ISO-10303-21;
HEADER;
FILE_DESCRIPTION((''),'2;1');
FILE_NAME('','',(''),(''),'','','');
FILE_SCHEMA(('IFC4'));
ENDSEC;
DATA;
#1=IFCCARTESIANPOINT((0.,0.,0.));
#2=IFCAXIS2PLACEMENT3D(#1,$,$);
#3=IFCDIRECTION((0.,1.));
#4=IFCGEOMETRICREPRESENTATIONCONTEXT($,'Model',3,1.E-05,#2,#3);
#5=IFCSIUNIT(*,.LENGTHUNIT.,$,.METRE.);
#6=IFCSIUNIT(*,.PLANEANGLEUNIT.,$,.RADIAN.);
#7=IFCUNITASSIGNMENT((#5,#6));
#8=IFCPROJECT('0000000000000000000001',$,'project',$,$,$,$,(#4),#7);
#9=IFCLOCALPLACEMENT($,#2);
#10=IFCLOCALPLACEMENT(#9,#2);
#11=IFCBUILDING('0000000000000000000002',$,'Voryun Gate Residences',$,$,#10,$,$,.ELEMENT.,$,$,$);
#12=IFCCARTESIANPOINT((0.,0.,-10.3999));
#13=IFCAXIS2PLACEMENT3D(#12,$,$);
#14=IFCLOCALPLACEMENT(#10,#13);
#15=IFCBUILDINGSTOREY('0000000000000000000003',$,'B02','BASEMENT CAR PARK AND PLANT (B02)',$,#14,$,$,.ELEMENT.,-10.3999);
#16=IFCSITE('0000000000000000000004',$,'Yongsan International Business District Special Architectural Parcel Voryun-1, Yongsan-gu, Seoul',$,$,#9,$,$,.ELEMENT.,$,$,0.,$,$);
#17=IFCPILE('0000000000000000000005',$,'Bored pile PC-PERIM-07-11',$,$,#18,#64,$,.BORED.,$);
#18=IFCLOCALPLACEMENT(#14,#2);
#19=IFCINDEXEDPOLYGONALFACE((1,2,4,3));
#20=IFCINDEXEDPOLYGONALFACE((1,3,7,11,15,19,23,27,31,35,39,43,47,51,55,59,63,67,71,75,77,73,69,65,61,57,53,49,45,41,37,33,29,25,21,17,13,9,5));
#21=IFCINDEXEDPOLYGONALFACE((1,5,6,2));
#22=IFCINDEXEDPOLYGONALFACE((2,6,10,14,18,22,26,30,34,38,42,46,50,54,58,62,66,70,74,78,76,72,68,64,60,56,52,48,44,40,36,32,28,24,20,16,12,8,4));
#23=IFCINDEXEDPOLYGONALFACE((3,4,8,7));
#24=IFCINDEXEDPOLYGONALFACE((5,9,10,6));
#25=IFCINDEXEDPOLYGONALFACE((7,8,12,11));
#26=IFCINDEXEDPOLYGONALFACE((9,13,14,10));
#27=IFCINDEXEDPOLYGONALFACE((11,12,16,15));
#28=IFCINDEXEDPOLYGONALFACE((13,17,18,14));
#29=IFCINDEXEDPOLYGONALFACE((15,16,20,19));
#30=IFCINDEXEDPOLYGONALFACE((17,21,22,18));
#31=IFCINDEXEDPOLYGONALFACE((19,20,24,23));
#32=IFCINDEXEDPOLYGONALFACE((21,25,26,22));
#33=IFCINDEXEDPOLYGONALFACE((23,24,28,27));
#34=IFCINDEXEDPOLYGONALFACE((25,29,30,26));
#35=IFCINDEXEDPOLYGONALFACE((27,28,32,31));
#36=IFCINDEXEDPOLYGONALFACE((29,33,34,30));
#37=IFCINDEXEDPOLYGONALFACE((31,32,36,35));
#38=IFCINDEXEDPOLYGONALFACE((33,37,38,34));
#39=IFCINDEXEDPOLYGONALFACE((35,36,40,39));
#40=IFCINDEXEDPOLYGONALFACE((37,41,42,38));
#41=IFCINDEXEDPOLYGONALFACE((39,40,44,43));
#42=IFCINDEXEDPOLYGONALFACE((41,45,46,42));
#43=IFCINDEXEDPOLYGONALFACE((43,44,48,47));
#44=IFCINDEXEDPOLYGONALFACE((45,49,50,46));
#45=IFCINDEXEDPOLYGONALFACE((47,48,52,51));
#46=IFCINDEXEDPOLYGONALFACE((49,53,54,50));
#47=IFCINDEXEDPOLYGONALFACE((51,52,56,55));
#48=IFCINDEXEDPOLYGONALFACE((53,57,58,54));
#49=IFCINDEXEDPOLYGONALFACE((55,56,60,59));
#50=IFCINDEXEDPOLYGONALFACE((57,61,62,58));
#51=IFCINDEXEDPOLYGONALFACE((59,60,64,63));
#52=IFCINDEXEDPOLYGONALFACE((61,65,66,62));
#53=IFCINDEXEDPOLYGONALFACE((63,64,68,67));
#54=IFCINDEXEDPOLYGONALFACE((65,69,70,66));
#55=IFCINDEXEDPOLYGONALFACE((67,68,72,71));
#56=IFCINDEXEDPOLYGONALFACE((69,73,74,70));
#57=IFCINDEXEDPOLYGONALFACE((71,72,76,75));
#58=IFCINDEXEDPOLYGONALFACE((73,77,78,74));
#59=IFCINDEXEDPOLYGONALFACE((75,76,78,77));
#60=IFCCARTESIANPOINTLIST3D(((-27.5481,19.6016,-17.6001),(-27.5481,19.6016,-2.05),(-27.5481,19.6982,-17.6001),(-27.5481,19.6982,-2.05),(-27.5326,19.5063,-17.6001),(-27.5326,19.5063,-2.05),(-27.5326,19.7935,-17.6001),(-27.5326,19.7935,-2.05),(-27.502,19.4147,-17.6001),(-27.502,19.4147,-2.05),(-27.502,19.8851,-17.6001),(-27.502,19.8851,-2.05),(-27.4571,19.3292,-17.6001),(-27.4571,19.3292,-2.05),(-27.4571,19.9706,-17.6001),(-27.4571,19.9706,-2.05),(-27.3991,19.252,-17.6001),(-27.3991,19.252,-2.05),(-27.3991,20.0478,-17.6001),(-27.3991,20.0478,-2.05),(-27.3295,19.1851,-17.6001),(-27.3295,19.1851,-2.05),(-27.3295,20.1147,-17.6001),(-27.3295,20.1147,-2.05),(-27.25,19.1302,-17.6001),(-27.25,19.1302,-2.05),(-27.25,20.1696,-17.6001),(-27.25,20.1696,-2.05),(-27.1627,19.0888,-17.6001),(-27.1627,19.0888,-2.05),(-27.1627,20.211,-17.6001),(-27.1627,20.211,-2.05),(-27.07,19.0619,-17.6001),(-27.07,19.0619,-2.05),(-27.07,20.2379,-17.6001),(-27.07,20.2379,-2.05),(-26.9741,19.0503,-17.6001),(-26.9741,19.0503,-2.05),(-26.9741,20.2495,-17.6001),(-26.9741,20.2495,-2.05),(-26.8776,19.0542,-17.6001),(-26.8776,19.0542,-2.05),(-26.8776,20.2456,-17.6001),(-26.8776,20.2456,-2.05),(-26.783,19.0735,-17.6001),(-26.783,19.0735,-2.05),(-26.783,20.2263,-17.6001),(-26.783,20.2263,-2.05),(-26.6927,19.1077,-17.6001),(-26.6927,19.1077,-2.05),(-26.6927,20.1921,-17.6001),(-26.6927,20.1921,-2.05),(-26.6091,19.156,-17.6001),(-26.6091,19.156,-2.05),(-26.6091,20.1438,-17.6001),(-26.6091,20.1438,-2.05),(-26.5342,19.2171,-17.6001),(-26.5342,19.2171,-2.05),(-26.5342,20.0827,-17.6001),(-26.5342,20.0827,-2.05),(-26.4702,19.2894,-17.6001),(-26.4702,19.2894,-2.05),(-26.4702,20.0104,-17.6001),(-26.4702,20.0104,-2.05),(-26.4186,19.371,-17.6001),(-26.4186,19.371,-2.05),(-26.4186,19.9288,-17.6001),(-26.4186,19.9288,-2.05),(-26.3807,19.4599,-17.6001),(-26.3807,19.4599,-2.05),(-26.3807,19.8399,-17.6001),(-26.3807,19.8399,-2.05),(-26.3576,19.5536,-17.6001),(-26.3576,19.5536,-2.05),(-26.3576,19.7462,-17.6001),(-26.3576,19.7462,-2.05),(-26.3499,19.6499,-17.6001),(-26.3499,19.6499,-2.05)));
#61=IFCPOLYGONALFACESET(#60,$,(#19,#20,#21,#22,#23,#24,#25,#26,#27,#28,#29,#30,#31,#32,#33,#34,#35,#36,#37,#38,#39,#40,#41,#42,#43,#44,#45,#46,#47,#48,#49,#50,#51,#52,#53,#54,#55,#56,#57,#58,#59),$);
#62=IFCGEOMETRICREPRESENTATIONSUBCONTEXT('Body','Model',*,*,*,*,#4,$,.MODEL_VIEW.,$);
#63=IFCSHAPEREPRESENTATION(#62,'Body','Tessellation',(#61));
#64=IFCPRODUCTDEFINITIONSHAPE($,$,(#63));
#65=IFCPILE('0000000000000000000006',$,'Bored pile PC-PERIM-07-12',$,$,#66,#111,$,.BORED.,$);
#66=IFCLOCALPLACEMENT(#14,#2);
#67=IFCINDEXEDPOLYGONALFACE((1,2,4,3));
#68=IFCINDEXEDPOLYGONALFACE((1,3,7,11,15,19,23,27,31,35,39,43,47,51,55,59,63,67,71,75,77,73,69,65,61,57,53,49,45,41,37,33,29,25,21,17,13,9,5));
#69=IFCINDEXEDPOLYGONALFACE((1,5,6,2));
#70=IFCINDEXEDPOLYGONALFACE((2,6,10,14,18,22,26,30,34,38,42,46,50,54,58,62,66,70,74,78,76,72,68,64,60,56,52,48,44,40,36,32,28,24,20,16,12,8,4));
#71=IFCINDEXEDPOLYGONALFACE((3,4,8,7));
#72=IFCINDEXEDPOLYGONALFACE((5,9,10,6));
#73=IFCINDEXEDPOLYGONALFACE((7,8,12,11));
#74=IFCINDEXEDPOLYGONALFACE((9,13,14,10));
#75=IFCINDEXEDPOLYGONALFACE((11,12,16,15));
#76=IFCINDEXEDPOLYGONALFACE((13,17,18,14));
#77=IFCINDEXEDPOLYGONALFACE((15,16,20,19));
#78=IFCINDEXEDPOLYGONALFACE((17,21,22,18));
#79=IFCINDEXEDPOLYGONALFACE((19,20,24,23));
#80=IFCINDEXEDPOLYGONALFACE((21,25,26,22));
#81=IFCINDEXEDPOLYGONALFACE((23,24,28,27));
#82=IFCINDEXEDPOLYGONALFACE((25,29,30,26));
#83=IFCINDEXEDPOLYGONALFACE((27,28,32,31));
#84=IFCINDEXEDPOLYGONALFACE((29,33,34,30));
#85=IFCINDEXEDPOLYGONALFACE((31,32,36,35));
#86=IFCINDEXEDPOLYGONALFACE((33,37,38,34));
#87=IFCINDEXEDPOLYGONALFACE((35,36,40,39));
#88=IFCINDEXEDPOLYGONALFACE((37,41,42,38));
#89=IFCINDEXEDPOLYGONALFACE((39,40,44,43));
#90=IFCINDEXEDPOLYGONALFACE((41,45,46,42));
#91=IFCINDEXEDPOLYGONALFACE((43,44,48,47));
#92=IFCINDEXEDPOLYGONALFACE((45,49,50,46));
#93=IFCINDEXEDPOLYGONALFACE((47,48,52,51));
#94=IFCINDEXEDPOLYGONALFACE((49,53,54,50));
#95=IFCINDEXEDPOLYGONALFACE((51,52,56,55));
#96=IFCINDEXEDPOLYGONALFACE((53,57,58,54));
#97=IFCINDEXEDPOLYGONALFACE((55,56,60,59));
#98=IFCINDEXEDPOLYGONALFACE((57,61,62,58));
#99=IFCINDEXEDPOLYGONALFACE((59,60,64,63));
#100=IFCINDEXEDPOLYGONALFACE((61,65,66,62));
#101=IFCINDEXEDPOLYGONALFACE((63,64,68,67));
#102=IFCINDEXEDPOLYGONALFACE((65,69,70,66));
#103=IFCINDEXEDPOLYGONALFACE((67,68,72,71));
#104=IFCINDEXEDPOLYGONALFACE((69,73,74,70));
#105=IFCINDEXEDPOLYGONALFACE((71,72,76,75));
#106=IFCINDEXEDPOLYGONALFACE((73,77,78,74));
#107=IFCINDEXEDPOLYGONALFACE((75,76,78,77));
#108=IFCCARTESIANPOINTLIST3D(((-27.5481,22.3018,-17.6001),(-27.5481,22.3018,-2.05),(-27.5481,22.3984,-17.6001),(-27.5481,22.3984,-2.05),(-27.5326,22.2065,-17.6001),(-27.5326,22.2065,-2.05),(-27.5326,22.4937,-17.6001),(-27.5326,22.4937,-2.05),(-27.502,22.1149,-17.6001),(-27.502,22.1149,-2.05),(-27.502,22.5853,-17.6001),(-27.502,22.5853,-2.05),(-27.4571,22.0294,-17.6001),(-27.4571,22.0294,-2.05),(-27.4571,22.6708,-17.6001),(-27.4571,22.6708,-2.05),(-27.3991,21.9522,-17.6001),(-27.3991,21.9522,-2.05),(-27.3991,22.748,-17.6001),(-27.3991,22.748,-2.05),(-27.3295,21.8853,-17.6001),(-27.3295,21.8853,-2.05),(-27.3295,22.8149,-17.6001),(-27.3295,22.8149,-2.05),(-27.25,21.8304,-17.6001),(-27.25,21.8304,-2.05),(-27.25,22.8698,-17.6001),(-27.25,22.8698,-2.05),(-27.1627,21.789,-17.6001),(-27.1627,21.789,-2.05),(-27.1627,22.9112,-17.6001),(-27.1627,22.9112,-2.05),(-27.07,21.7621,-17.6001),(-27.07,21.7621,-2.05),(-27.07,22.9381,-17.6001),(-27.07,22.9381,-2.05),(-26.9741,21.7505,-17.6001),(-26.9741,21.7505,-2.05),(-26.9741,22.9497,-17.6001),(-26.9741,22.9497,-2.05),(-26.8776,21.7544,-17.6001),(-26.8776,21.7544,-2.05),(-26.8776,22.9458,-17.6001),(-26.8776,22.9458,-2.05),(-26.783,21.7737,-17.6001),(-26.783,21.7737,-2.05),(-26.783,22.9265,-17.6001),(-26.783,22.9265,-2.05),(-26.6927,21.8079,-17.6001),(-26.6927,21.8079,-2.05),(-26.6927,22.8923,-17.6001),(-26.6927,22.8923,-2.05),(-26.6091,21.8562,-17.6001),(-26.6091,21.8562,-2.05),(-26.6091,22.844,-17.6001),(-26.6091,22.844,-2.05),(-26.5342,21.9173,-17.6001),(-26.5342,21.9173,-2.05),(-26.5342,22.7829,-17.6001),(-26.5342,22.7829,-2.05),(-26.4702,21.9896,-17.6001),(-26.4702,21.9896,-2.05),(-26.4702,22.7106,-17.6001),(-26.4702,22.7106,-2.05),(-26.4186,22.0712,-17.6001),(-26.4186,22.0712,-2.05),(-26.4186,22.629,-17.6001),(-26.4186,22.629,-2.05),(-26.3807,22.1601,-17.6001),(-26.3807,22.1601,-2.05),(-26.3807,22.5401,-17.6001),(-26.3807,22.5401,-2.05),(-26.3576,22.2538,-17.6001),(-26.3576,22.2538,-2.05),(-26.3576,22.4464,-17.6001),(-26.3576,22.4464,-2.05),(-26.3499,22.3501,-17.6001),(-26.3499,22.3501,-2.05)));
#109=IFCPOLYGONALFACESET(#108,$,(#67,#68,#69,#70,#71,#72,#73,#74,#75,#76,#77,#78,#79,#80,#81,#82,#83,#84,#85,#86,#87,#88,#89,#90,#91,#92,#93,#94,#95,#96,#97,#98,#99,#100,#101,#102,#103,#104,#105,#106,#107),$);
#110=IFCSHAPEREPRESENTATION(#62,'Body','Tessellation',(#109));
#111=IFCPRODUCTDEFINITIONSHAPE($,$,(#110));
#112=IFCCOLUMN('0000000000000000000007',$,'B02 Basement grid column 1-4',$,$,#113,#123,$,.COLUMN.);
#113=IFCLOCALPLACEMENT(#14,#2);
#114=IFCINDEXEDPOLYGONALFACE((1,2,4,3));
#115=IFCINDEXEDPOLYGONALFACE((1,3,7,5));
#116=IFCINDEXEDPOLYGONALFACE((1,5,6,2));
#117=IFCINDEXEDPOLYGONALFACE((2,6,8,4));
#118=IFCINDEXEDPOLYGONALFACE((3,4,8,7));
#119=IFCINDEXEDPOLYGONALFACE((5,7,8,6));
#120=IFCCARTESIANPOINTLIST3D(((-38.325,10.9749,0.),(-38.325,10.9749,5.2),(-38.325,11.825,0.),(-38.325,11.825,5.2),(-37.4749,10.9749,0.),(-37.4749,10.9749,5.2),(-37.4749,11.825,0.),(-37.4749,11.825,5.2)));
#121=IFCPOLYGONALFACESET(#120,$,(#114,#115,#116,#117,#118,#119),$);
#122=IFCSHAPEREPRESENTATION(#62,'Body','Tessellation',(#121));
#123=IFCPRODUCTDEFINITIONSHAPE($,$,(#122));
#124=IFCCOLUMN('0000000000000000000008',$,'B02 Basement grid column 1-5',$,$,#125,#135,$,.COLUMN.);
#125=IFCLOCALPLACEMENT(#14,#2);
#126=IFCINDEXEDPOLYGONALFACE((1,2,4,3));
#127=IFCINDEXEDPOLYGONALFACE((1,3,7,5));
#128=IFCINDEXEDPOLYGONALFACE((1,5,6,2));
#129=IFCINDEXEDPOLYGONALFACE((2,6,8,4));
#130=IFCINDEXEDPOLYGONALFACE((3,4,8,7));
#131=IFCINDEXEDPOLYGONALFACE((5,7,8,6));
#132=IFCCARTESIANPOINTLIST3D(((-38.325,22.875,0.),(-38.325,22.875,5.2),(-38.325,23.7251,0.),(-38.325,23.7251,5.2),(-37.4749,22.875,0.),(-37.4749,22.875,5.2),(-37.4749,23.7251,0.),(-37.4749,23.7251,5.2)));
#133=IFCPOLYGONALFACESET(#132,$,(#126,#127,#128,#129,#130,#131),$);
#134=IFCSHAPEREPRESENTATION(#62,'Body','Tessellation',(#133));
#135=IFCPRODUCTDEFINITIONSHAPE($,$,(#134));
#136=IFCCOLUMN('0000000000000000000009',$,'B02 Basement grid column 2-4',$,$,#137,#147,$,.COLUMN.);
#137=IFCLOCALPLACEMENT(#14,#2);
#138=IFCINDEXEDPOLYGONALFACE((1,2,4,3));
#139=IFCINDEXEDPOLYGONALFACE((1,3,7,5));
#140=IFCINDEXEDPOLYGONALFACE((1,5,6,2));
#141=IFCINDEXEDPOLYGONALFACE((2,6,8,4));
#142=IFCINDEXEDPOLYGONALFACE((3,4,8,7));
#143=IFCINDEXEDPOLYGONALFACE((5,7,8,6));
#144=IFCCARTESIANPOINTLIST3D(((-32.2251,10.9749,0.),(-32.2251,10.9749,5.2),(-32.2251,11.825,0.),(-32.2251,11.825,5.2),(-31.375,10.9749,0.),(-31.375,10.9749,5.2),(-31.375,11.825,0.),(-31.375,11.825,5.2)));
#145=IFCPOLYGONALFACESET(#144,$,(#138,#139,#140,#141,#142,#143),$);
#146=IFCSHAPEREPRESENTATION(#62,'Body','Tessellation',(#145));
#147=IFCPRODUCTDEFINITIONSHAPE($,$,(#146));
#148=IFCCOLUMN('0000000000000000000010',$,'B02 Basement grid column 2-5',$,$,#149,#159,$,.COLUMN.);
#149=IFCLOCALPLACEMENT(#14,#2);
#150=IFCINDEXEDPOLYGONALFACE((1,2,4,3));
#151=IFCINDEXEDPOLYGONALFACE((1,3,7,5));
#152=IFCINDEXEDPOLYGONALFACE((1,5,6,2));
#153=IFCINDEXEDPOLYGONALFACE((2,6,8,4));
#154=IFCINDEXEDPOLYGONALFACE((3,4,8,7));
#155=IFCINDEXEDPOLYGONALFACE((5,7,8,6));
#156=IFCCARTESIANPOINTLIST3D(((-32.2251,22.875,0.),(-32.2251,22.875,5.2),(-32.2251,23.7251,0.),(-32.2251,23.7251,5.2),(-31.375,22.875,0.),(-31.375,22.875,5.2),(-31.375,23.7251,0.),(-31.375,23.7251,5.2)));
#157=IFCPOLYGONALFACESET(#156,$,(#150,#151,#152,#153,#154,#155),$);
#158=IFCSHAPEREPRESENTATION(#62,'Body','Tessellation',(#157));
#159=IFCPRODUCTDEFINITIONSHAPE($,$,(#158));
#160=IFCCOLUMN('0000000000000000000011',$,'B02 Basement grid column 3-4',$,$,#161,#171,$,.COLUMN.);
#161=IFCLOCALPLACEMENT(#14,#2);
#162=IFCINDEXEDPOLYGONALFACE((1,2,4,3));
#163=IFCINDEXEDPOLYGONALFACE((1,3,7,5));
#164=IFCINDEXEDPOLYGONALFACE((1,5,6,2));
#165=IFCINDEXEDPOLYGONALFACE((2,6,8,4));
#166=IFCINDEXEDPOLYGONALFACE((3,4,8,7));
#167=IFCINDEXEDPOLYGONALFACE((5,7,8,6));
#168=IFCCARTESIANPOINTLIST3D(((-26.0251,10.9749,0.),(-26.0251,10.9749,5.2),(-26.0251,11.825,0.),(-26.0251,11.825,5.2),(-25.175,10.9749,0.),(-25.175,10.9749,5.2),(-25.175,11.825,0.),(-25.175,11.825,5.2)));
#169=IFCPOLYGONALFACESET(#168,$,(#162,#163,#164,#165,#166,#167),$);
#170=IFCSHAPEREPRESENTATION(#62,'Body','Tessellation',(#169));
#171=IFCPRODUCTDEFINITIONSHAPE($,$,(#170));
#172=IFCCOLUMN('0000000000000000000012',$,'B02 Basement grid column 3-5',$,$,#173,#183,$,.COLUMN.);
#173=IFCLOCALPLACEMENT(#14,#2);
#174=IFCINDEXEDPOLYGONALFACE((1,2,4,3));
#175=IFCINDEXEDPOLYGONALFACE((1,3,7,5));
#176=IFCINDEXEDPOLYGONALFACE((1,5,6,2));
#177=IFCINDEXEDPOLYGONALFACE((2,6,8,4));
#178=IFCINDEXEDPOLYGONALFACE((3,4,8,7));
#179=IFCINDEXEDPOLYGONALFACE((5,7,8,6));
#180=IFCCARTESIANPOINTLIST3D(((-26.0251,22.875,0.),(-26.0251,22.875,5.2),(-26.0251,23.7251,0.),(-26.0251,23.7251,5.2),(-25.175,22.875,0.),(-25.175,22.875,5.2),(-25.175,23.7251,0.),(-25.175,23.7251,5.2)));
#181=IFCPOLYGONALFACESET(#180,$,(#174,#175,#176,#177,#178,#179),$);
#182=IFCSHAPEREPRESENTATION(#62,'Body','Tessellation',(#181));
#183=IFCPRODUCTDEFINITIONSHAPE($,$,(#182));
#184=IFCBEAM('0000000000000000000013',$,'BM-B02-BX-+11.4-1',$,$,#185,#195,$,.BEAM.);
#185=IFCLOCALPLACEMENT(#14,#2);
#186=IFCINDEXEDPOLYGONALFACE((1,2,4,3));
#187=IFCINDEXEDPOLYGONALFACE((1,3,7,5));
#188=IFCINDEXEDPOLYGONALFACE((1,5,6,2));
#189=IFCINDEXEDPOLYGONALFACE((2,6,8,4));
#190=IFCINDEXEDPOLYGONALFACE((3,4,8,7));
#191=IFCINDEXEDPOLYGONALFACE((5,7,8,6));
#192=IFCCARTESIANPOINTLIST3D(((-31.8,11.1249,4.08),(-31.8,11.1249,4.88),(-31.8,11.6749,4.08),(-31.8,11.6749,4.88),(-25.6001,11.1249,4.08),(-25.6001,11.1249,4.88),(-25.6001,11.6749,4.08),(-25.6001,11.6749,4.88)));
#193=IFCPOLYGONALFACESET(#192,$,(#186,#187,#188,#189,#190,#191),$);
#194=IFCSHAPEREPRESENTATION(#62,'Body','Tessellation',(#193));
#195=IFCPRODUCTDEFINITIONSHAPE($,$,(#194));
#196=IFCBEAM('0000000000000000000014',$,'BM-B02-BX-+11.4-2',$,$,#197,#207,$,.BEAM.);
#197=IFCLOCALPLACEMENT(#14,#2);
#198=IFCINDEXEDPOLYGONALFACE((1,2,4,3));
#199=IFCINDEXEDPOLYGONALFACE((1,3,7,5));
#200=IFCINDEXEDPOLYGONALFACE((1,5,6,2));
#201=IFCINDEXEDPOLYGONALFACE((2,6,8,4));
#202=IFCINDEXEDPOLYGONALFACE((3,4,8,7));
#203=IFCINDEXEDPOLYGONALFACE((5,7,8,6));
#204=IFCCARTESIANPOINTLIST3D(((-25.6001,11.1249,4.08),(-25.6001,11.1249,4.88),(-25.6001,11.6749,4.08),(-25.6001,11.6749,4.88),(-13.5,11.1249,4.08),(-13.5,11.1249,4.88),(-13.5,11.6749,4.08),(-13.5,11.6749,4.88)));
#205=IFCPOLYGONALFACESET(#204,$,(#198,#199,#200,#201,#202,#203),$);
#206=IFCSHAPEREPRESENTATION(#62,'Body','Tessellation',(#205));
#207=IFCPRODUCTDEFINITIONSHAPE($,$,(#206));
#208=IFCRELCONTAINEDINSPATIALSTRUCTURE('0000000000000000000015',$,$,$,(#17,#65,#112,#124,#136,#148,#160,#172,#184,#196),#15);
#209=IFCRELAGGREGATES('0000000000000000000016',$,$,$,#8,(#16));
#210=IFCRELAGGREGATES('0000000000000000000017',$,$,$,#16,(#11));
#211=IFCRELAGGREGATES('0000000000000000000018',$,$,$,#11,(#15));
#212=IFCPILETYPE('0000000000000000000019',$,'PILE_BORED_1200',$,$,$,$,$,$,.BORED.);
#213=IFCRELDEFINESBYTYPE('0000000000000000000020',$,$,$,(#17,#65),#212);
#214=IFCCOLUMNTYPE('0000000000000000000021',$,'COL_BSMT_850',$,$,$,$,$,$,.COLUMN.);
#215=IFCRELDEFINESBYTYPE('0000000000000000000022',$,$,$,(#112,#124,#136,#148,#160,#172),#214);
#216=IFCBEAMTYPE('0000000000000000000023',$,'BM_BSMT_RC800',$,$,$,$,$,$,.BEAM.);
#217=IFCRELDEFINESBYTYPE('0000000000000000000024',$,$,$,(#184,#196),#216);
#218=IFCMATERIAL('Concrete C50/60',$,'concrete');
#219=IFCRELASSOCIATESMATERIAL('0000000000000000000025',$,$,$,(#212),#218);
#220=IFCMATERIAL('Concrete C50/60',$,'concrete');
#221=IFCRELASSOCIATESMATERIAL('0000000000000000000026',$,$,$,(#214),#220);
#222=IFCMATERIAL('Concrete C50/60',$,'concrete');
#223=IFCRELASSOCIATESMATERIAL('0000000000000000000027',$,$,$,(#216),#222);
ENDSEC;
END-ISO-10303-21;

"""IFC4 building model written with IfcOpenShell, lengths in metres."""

from ifc_helpers import new_model, si_unit, direction, frame, origin, origin_2d, place, context, subcontext, project, spatial, rectangle, circle, extrude, material, material_profile, profile_set, type_object, element, save


model = new_model("IFC4")

# Units and contexts
model_context = context("Model", 3, precision=1e-05, world=origin(), true_north=direction((0.0, 1.0)))
body_context = subcontext(model_context, "Body", "Model", "MODEL_VIEW")
ifc_project = project(units=[si_unit("LENGTHUNIT", "METRE"), si_unit("PLANEANGLEUNIT", "RADIAN")], contexts=[model_context])

# Site, building, storey
site_placement = place(None, origin())
site = spatial("IfcSite", under=ifc_project, at=site_placement, Name="Yongsan International Business District Special Architectural Parcel Voryun-1, Yongsan-gu, Seoul", CompositionType="ELEMENT", RefElevation=0.0)
building_placement = place(site_placement, origin())
building = spatial("IfcBuilding", under=site, at=building_placement, Name="Voryun Gate Residences", CompositionType="ELEMENT")
storey_placement = place(building_placement, frame((0.0, 0.0, -10.3999)))
storey = spatial("IfcBuildingStorey", under=building, at=storey_placement, Name="B02", Description="BASEMENT CAR PARK AND PLANT (B02)", CompositionType="ELEMENT", Elevation=-10.3999)

# Piles
ifc_material_1 = material(Name="Concrete C50/60", Category="concrete")
ifc_material_profile_1 = material_profile(ifc_material_1, circle(Radius=0.6001, at=origin_2d()), Name="PILE-D1200")
ifc_profile_set_1 = profile_set([ifc_material_profile_1], Name="Concrete C50/60")
pile_type = type_object("IfcPileType", Name="PILE_BORED_1200", PredefinedType="BORED", material=ifc_profile_set_1)
for number, where, z_axis, x_axis, name in (
    (1, (-26.95, 19.6499, -2.05), (0.0, 0.0, -1.0), (1.0, 0.0, 0.0), "Bored pile PC-PERIM-07-11"),
    (2, (-26.95, 22.3501, -2.05), (0.0, 0.0, -1.0), (1.0, 0.0, 0.0), "Bored pile PC-PERIM-07-12"),
):
    element("IfcPile", number, at=place(storey_placement, frame(where, z_axis=z_axis, x_axis=x_axis)), inside=storey, type_object=pile_type, Name=name, PredefinedType="BORED", context=body_context, shape_type="SweptSolid", body=[
        extrude(circle(Radius=0.6001, at=origin_2d()), origin(), (0.0, 0.0, 1.0), 15.55),
    ])

# Columns
ifc_material_2 = material(Name="Concrete C50/60", Category="concrete")
ifc_material_profile_2 = material_profile(ifc_material_2, rectangle(XDim=0.8501, YDim=0.8501, at=origin_2d()), Name="RC-850x850")
ifc_profile_set_2 = profile_set([ifc_material_profile_2], Name="Concrete C50/60")
column_type = type_object("IfcColumnType", Name="COL_BSMT_850", PredefinedType="COLUMN", material=ifc_profile_set_2)
for number, where, z_axis, x_axis, name in (
    (3, (-37.8999, 11.3999, 0.0), (0.0, 0.0, 1.0), (1.0, 0.0, 0.0), "B02 Basement grid column 1-4"),
    (4, (-37.8999, 23.3, 0.0), (0.0, 0.0, 1.0), (1.0, 0.0, 0.0), "B02 Basement grid column 1-5"),
    (5, (-31.8, 11.3999, 0.0), (0.0, 0.0, 1.0), (1.0, 0.0, 0.0), "B02 Basement grid column 2-4"),
    (6, (-31.8, 23.3, 0.0), (0.0, 0.0, 1.0), (1.0, 0.0, 0.0), "B02 Basement grid column 2-5"),
    (7, (-25.6001, 11.3999, 0.0), (0.0, 0.0, 1.0), (1.0, 0.0, 0.0), "B02 Basement grid column 3-4"),
    (8, (-25.6001, 23.3, 0.0), (0.0, 0.0, 1.0), (1.0, 0.0, 0.0), "B02 Basement grid column 3-5"),
):
    element("IfcColumn", number, at=place(storey_placement, frame(where, z_axis=z_axis, x_axis=x_axis)), inside=storey, type_object=column_type, Name=name, PredefinedType="COLUMN", context=body_context, shape_type="SweptSolid", body=[
        extrude(rectangle(XDim=0.8501, YDim=0.8501, at=origin_2d()), origin(), (0.0, 0.0, 1.0), 5.2),
    ])

# Beams
ifc_material_3 = material(Name="Concrete C50/60", Category="concrete")
ifc_material_profile_3 = material_profile(ifc_material_3, rectangle(XDim=0.55, YDim=0.8, at=origin_2d()), Name="RC-550x800")
ifc_profile_set_3 = profile_set([ifc_material_profile_3], Name="Concrete C50/60")
beam_type_1 = type_object("IfcBeamType", Name="BM_BSMT_RC800", PredefinedType="BEAM", material=ifc_profile_set_3)
beam_1_placement = place(storey_placement, frame((-31.8, 11.3999, 4.48), z_axis=(1.0, 0.0, 0.0), x_axis=(0.0, 1.0, 0.0)))
element("IfcBeam", 9, at=beam_1_placement, inside=storey, type_object=beam_type_1, Name="BM-B02-BX-+11.4-1", PredefinedType="BEAM", context=body_context, shape_type="SweptSolid", body=[
    extrude(rectangle(XDim=0.55, YDim=0.8, at=origin_2d()), origin(), (0.0, 0.0, 1.0), 6.2),
])
beam_2_placement = place(storey_placement, frame((-25.6001, 11.3999, 4.48), z_axis=(1.0, 0.0, 0.0), x_axis=(0.0, 1.0, 0.0)))
element("IfcBeam", 10, at=beam_2_placement, inside=storey, type_object=beam_type_1, Name="BM-B02-BX-+11.4-2", PredefinedType="BEAM", context=body_context, shape_type="SweptSolid", body=[
    extrude(rectangle(XDim=0.55, YDim=0.8, at=origin_2d()), origin(), (0.0, 0.0, 1.0), 12.1001),
])

save(model, "model.ifc")
